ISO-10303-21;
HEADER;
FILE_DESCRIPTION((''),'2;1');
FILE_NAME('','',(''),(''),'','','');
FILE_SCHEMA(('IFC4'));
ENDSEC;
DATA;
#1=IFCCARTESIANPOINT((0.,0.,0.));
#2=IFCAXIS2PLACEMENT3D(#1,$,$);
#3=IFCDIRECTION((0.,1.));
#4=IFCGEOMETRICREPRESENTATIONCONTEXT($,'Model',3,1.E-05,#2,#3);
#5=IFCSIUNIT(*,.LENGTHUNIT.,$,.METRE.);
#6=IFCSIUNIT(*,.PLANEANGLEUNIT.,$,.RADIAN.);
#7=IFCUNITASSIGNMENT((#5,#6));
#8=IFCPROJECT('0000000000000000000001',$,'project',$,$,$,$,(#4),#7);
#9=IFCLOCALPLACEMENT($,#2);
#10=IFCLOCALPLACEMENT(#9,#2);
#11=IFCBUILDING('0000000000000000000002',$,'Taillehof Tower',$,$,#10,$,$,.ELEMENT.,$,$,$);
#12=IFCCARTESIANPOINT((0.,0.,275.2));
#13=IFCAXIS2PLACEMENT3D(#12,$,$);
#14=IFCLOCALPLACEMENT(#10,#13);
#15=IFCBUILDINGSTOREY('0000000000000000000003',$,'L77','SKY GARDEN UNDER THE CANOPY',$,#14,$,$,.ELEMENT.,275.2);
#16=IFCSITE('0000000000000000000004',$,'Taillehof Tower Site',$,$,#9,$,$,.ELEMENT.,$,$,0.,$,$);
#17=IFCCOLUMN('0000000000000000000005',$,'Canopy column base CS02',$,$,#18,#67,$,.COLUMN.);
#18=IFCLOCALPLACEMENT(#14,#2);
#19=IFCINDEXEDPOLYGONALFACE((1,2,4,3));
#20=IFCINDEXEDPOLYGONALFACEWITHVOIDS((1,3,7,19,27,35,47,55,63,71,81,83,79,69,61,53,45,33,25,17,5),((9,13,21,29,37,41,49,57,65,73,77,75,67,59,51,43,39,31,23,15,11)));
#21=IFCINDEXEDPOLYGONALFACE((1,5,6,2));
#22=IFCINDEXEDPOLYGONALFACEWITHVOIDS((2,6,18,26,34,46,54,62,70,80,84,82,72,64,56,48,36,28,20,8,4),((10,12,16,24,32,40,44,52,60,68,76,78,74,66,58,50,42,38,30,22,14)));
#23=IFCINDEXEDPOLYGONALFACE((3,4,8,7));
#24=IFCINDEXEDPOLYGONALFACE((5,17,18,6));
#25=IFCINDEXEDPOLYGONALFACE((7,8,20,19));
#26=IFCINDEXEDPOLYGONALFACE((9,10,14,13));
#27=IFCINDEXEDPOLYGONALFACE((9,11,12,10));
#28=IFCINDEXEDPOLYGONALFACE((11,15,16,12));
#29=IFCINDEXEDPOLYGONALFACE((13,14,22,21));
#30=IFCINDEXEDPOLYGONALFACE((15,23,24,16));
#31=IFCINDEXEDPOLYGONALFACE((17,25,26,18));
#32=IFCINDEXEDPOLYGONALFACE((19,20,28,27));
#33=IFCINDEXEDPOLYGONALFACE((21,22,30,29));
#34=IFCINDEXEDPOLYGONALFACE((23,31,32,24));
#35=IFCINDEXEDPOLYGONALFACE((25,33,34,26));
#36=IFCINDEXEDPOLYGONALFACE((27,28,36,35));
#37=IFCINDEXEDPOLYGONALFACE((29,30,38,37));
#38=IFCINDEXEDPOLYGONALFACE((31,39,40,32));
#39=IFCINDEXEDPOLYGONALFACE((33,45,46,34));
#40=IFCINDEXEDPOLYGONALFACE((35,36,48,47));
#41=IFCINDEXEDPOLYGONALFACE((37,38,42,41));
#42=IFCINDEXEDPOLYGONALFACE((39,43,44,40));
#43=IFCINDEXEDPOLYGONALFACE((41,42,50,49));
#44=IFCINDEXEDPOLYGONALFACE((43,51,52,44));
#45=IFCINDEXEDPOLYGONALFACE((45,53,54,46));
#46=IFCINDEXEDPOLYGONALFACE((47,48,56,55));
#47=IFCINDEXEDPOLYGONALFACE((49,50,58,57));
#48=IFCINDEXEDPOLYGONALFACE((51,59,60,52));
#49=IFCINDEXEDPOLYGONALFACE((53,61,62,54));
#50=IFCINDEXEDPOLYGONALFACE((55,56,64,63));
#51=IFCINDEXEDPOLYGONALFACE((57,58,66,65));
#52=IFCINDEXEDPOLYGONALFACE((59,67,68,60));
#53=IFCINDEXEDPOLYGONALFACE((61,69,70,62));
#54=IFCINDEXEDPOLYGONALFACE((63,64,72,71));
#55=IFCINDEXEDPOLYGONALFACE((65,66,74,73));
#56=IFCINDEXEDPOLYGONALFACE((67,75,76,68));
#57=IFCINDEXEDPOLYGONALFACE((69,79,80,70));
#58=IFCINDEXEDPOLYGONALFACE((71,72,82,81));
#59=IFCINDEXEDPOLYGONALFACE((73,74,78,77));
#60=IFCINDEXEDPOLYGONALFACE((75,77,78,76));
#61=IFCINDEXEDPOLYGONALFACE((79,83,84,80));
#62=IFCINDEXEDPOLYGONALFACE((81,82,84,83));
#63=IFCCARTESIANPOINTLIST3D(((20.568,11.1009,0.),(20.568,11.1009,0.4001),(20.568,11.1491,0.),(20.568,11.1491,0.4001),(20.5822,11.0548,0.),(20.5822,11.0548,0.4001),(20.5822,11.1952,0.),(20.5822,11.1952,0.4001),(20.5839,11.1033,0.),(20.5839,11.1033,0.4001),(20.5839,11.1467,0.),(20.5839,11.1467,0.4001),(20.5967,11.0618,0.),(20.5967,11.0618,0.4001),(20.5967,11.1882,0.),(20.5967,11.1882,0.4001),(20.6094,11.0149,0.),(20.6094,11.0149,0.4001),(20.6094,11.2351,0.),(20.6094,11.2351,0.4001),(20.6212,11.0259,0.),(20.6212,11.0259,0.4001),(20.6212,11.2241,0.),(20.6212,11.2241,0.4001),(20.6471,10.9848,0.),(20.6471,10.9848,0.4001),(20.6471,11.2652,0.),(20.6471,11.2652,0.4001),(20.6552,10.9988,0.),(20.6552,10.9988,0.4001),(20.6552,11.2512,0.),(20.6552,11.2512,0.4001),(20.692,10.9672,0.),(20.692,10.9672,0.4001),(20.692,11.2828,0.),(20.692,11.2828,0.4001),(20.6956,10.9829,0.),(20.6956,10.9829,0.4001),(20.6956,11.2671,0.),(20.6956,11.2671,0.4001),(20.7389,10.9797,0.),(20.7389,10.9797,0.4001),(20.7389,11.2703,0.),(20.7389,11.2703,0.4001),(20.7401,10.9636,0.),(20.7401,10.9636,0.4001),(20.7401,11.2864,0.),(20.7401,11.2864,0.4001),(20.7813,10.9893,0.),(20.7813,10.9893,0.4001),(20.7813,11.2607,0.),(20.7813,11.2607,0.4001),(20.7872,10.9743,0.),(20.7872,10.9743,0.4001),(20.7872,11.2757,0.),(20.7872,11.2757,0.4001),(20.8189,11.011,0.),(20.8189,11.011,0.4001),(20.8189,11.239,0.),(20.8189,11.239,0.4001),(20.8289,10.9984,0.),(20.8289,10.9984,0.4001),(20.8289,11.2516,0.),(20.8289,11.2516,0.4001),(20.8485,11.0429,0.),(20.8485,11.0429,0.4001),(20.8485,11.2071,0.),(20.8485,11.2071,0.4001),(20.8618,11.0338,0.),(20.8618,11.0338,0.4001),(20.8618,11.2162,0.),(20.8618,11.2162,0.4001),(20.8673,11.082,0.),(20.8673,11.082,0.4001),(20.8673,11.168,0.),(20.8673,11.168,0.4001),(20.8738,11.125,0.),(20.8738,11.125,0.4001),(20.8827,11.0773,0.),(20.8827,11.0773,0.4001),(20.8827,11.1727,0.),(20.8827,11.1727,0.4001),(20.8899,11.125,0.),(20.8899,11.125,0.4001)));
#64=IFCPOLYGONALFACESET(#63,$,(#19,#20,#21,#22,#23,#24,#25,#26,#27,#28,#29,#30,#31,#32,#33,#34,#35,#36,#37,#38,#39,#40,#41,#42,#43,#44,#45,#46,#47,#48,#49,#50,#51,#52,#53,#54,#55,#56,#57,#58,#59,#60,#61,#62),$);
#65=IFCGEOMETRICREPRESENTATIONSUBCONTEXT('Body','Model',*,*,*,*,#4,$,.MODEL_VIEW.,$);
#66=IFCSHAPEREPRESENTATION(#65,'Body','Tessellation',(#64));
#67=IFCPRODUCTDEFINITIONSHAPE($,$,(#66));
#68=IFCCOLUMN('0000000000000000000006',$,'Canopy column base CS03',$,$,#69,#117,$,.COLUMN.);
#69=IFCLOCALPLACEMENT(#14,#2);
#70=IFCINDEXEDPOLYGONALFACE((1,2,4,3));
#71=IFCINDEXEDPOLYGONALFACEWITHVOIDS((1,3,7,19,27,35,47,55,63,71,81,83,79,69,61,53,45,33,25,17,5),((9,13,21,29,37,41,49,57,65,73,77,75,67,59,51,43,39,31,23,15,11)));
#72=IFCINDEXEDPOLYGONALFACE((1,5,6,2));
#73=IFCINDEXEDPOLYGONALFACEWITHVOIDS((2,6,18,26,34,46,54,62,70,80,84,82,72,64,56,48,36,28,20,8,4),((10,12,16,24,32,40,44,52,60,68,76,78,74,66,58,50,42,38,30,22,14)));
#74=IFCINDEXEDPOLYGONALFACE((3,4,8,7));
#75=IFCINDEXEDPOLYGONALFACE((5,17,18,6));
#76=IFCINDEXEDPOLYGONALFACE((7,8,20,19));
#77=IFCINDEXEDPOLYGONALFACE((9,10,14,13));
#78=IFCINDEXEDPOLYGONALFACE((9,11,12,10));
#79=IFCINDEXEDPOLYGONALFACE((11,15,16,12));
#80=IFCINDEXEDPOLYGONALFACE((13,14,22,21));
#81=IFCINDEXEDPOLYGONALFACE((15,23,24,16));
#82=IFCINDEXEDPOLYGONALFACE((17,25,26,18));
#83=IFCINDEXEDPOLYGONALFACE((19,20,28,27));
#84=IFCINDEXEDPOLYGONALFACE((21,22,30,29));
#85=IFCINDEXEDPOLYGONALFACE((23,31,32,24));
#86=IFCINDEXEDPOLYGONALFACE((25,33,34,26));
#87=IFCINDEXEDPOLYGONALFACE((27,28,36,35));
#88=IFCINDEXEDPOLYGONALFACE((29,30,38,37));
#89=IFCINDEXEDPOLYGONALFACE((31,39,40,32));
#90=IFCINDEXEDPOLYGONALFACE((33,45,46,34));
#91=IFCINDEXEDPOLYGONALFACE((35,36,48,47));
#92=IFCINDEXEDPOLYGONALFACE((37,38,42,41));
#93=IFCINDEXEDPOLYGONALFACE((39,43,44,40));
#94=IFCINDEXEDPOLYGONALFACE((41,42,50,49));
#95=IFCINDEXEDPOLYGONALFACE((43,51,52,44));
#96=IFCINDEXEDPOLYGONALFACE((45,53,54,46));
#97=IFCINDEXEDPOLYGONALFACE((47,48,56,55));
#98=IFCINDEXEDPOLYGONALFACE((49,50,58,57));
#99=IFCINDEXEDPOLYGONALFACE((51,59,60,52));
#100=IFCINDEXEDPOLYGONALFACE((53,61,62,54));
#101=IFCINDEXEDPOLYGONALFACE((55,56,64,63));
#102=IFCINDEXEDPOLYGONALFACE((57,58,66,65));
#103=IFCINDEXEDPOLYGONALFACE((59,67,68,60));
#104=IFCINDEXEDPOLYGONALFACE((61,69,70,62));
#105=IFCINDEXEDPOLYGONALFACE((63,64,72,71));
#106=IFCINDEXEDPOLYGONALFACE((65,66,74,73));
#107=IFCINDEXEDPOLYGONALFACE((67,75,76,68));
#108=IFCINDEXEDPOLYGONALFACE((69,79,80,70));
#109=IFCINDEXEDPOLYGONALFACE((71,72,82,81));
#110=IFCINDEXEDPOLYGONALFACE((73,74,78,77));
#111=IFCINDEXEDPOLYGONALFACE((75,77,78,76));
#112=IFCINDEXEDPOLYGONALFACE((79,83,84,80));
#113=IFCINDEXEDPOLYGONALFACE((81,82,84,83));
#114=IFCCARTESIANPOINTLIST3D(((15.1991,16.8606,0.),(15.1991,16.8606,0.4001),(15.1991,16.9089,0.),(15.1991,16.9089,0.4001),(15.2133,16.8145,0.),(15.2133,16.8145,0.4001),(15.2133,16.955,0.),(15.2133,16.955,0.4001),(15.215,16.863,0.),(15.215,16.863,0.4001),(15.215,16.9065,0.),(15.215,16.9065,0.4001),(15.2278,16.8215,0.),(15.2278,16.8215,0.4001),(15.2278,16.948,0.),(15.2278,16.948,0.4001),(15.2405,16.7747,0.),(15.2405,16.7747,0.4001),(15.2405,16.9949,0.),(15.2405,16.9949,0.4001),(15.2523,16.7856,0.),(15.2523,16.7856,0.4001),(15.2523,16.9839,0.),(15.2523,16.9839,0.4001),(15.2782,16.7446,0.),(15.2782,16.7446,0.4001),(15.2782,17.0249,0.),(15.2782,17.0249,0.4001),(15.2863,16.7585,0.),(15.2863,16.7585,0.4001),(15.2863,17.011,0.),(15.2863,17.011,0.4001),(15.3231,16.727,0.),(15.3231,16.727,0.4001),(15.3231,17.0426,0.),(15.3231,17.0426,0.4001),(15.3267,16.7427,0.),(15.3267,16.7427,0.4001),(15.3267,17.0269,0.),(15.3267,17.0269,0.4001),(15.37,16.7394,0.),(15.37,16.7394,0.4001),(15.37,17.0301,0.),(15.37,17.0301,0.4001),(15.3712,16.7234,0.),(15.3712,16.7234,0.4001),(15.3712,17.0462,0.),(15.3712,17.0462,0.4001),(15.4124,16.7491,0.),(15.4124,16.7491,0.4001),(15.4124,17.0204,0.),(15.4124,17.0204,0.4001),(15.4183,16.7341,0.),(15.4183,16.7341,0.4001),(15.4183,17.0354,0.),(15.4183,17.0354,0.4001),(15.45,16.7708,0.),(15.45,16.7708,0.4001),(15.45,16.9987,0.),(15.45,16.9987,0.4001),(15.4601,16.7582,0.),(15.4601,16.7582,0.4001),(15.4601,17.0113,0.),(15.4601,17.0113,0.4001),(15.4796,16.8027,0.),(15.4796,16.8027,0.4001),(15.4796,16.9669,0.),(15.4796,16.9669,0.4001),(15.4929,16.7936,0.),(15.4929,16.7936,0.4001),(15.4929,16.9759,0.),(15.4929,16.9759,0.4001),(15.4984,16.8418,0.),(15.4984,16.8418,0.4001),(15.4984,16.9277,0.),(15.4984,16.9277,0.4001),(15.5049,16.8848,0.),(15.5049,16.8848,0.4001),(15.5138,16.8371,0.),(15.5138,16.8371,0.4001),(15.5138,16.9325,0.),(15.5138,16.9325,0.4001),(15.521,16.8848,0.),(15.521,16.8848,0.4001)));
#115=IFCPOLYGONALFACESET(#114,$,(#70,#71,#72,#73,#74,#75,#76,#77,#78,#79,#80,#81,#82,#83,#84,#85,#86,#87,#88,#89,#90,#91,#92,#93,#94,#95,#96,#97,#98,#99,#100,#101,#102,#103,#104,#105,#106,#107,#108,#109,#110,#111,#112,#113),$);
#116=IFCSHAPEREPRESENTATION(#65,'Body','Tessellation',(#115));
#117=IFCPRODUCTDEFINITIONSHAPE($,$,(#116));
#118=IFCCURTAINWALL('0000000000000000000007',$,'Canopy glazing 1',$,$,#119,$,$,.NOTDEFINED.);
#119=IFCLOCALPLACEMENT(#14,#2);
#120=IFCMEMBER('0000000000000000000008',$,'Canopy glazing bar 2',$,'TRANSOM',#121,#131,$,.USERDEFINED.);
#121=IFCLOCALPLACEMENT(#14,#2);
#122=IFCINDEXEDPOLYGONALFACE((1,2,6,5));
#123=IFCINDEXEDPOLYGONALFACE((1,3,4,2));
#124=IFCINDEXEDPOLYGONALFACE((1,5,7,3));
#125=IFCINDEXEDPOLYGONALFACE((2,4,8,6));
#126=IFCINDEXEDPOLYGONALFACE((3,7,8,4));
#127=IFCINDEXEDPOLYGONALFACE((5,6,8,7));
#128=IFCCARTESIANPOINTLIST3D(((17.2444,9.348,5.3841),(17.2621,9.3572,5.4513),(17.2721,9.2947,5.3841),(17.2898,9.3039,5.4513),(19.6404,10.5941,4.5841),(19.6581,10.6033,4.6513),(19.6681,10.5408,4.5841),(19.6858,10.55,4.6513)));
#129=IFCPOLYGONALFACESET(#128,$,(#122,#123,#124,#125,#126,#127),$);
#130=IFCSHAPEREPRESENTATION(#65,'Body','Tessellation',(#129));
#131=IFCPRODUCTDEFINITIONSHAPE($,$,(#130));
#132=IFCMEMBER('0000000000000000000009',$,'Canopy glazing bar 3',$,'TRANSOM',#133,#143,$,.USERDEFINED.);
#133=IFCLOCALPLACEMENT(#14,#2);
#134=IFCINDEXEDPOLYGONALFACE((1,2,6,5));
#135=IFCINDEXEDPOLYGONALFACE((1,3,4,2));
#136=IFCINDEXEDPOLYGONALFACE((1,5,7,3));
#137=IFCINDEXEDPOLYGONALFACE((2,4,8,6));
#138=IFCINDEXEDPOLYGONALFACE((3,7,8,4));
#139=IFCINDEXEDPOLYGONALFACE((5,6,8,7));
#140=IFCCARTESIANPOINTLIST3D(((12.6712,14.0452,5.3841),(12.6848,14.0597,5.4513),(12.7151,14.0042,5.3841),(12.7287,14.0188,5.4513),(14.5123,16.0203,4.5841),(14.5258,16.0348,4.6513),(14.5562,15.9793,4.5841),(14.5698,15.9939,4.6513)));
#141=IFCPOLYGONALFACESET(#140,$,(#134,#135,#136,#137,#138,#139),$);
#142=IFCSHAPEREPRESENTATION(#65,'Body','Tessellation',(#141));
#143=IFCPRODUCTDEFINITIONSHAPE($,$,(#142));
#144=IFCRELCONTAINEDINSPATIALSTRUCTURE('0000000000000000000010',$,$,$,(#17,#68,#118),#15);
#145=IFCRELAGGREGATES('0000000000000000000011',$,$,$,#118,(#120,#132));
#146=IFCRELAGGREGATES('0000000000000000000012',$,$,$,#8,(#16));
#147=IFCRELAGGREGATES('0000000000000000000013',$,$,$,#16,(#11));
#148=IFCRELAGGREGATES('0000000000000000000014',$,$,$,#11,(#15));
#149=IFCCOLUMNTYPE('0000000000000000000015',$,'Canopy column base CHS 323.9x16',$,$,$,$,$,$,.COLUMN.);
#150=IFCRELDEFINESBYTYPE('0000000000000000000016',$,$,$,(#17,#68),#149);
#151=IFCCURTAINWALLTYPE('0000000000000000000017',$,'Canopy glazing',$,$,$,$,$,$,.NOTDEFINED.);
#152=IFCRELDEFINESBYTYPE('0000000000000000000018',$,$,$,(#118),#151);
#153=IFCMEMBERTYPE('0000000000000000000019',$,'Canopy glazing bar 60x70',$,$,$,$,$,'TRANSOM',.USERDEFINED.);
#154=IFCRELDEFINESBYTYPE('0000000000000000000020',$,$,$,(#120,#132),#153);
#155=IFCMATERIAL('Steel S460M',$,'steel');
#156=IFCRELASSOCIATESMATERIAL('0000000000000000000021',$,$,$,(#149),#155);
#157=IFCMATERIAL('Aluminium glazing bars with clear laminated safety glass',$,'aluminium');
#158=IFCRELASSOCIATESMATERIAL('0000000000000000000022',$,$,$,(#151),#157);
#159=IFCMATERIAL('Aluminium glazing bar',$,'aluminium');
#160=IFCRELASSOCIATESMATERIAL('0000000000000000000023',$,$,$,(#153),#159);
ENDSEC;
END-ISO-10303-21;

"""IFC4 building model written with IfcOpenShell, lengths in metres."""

from ifc_helpers import new_model, si_unit, direction, frame, origin, origin_2d, place, context, subcontext, project, spatial, rectangle, hollow_circle, extrude, material, material_profile, profile_set, type_object, element, aggregate, save


model = new_model("IFC4")

# Units and contexts
model_context = context("Model", 3, precision=1e-05, world=origin(), true_north=direction((0.0, 1.0)))
body_context = subcontext(model_context, "Body", "Model", "MODEL_VIEW")
ifc_project = project(units=[si_unit("LENGTHUNIT", "METRE"), si_unit("PLANEANGLEUNIT", "RADIAN")], contexts=[model_context])

# Site, building, storey
site_placement = place(None, origin())
site = spatial("IfcSite", under=ifc_project, at=site_placement, Name="Taillehof Tower Site", CompositionType="ELEMENT", RefElevation=0.0)
building_placement = place(site_placement, origin())
building = spatial("IfcBuilding", under=site, at=building_placement, Name="Taillehof Tower", CompositionType="ELEMENT")
storey_placement = place(building_placement, frame((0.0, 0.0, 275.2)))
storey = spatial("IfcBuildingStorey", under=building, at=storey_placement, Name="L77", Description="SKY GARDEN UNDER THE CANOPY", CompositionType="ELEMENT", Elevation=275.2)

# Columns
ifc_material_1 = material(Name="Steel S460M", Category="steel")
ifc_material_profile_1 = material_profile(ifc_material_1, hollow_circle(Radius=0.1619, WallThickness=0.0161, at=origin_2d()), Name="CHS 323.9x16")
ifc_profile_set_1 = profile_set([ifc_material_profile_1], Name="Steel S460M")
column_type = type_object("IfcColumnType", Name="Canopy column base CHS 323.9x16", PredefinedType="COLUMN", material=ifc_profile_set_1)
for number, where, z_axis, x_axis, name in (
    (1, (20.728, 11.125, 0.0), (0.0, 0.0, 1.0), (1.0, 0.0, 0.0), "Canopy column base CS02"),
    (2, (15.3591, 16.8848, 0.0), (0.0, 0.0, 1.0), (1.0, 0.0, 0.0), "Canopy column base CS03"),
):
    element("IfcColumn", number, at=place(storey_placement, frame(where, z_axis=z_axis, x_axis=x_axis)), inside=storey, type_object=column_type, Name=name, PredefinedType="COLUMN", context=body_context, shape_type="SweptSolid", body=[
        extrude(hollow_circle(Radius=0.1619, WallThickness=0.0161, at=origin_2d()), origin(), (0.0, 0.0, 1.0), 0.4001),
    ])

# Curtain wall, members
ifc_material_2 = material(Name="Aluminium glazing bars with clear laminated safety glass", Category="aluminium")
curtain_wall_type = type_object("IfcCurtainWallType", Name="Canopy glazing", PredefinedType="NOTDEFINED", material=ifc_material_2)
curtain_wall_placement = place(storey_placement, origin())
curtain_wall = element("IfcCurtainWall", 3, at=curtain_wall_placement, inside=storey, type_object=curtain_wall_type, Name="Canopy glazing 1", PredefinedType="NOTDEFINED")
ifc_material_3 = material(Name="Aluminium glazing bar", Category="aluminium")
ifc_material_profile_2 = material_profile(ifc_material_3, rectangle(XDim=0.0601, YDim=0.0701, at=origin_2d()), Name="AL 60x70")
ifc_profile_set_2 = profile_set([ifc_material_profile_2], Name="Aluminium glazing bar")
member_type_1 = type_object("IfcMemberType", Name="Canopy glazing bar 60x70", ElementType="TRANSOM", PredefinedType="USERDEFINED", material=ifc_profile_set_2)
member_1_placement = place(storey_placement, frame((19.6631, 10.572, 4.6177), z_axis=(-0.850649, -0.4424, 0.284041), x_axis=(0.461404, -0.88719, 0.0)))
member_1 = element("IfcMember", 4, at=member_1_placement, type_object=member_type_1, Name="Canopy glazing bar 2", ObjectType="TRANSOM", PredefinedType="USERDEFINED", context=body_context, shape_type="SweptSolid", body=[
    extrude(rectangle(XDim=0.0601, YDim=0.0701, at=origin_2d()), origin(), (0.0, 0.0, 1.0), 2.8167),
])
member_2_placement = place(storey_placement, frame((14.541, 16.0071, 4.6177), z_axis=(-0.653756, -0.701351, 0.284095), x_axis=(0.731491, -0.681851, 0.0)))
member_2 = element("IfcMember", 5, at=member_2_placement, type_object=member_type_1, Name="Canopy glazing bar 3", ObjectType="TRANSOM", PredefinedType="USERDEFINED", context=body_context, shape_type="SweptSolid", body=[
    extrude(rectangle(XDim=0.0601, YDim=0.0701, at=origin_2d()), origin(), (0.0, 0.0, 1.0), 2.8162),
])
aggregate(curtain_wall, [member_1, member_2])

save(model, "model.ifc")
